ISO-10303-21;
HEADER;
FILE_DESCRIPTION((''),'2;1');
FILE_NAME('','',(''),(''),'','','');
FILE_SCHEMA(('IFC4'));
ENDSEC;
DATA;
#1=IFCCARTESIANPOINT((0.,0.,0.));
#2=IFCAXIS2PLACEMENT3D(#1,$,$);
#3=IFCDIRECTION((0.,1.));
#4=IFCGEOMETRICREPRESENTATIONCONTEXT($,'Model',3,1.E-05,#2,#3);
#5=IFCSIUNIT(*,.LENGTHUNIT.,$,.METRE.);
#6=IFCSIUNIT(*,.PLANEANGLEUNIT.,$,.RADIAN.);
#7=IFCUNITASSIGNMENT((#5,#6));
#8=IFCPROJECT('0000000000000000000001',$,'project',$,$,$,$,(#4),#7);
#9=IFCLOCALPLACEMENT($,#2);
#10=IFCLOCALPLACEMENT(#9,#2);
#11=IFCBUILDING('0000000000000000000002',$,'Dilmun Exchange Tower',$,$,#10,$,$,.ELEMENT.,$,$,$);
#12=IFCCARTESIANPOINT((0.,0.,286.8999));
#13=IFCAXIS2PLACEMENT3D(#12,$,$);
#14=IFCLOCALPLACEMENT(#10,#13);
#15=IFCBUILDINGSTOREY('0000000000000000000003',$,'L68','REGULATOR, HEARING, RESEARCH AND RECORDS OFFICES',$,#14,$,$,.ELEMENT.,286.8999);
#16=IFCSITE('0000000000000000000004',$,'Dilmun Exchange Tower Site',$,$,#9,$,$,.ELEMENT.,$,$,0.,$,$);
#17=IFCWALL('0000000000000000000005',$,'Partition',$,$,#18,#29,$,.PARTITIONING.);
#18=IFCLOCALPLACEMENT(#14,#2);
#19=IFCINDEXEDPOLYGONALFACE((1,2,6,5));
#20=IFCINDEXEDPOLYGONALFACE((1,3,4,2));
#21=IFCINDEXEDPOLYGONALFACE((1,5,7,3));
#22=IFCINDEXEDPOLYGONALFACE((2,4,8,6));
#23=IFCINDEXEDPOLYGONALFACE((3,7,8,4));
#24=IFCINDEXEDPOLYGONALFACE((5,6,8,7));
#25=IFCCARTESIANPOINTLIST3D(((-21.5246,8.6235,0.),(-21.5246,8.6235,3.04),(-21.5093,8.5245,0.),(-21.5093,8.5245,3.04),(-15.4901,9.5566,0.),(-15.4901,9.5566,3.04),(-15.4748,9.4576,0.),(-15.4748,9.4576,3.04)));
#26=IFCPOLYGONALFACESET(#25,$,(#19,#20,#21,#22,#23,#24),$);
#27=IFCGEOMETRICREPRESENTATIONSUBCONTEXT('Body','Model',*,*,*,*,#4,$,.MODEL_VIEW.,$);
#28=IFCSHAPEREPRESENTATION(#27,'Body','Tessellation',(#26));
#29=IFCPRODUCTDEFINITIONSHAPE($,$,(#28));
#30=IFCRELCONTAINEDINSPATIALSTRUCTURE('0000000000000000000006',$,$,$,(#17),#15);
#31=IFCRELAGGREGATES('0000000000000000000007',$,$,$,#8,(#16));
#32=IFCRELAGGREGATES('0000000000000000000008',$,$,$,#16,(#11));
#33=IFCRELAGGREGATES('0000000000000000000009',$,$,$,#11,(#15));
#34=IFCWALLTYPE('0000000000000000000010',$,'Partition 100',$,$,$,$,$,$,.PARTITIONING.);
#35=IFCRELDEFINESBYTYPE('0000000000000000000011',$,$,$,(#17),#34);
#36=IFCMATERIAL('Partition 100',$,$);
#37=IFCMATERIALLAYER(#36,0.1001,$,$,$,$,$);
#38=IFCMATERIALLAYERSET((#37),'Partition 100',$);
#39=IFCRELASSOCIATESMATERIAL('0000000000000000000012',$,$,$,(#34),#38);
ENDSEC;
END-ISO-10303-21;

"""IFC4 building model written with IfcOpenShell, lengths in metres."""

from ifc_helpers import new_model, si_unit, direction, frame, frame_2d, origin, place, context, subcontext, project, spatial, rectangle, extrude, material, layer, layer_set, type_object, element, save


model = new_model("IFC4")

# Units and contexts
model_context = context("Model", 3, precision=1e-05, world=origin(), true_north=direction((0.0, 1.0)))
body_context = subcontext(model_context, "Body", "Model", "MODEL_VIEW")
ifc_project = project(units=[si_unit("LENGTHUNIT", "METRE"), si_unit("PLANEANGLEUNIT", "RADIAN")], contexts=[model_context])

# Site, building, storey
site_placement = place(None, origin())
site = spatial("IfcSite", under=ifc_project, at=site_placement, Name="Dilmun Exchange Tower Site", CompositionType="ELEMENT", RefElevation=0.0)
building_placement = place(site_placement, origin())
building = spatial("IfcBuilding", under=site, at=building_placement, Name="Dilmun Exchange Tower", CompositionType="ELEMENT")
storey_placement = place(building_placement, frame((0.0, 0.0, 286.8999)))
storey = spatial("IfcBuildingStorey", under=building, at=storey_placement, Name="L68", Description="REGULATOR, HEARING, RESEARCH AND RECORDS OFFICES", CompositionType="ELEMENT", Elevation=286.8999)

# Wall
ifc_material_1 = material(Name="Partition 100")
ifc_layer_1 = layer(ifc_material_1, 0.1001)
ifc_layer_set_1 = layer_set([ifc_layer_1], Name="Partition 100")
wall_type_1 = type_object("IfcWallType", Name="Partition 100", PredefinedType="PARTITIONING", material=ifc_layer_set_1)
wall_1_placement = place(storey_placement, frame((-21.5171, 8.574, 0.0), z_axis=(0.0, 0.0, 1.0), x_axis=(0.988255, 0.152814, 0.0)))
element("IfcWall", 1, at=wall_1_placement, inside=storey, type_object=wall_type_1, Name="Partition", PredefinedType="PARTITIONING", context=body_context, shape_type="SweptSolid", body=[
    extrude(rectangle(XDim=6.1062, YDim=0.1001, at=frame_2d((3.0532, 0.0))), origin(), (0.0, 0.0, 1.0), 3.04),
])

save(model, "model.ifc")
